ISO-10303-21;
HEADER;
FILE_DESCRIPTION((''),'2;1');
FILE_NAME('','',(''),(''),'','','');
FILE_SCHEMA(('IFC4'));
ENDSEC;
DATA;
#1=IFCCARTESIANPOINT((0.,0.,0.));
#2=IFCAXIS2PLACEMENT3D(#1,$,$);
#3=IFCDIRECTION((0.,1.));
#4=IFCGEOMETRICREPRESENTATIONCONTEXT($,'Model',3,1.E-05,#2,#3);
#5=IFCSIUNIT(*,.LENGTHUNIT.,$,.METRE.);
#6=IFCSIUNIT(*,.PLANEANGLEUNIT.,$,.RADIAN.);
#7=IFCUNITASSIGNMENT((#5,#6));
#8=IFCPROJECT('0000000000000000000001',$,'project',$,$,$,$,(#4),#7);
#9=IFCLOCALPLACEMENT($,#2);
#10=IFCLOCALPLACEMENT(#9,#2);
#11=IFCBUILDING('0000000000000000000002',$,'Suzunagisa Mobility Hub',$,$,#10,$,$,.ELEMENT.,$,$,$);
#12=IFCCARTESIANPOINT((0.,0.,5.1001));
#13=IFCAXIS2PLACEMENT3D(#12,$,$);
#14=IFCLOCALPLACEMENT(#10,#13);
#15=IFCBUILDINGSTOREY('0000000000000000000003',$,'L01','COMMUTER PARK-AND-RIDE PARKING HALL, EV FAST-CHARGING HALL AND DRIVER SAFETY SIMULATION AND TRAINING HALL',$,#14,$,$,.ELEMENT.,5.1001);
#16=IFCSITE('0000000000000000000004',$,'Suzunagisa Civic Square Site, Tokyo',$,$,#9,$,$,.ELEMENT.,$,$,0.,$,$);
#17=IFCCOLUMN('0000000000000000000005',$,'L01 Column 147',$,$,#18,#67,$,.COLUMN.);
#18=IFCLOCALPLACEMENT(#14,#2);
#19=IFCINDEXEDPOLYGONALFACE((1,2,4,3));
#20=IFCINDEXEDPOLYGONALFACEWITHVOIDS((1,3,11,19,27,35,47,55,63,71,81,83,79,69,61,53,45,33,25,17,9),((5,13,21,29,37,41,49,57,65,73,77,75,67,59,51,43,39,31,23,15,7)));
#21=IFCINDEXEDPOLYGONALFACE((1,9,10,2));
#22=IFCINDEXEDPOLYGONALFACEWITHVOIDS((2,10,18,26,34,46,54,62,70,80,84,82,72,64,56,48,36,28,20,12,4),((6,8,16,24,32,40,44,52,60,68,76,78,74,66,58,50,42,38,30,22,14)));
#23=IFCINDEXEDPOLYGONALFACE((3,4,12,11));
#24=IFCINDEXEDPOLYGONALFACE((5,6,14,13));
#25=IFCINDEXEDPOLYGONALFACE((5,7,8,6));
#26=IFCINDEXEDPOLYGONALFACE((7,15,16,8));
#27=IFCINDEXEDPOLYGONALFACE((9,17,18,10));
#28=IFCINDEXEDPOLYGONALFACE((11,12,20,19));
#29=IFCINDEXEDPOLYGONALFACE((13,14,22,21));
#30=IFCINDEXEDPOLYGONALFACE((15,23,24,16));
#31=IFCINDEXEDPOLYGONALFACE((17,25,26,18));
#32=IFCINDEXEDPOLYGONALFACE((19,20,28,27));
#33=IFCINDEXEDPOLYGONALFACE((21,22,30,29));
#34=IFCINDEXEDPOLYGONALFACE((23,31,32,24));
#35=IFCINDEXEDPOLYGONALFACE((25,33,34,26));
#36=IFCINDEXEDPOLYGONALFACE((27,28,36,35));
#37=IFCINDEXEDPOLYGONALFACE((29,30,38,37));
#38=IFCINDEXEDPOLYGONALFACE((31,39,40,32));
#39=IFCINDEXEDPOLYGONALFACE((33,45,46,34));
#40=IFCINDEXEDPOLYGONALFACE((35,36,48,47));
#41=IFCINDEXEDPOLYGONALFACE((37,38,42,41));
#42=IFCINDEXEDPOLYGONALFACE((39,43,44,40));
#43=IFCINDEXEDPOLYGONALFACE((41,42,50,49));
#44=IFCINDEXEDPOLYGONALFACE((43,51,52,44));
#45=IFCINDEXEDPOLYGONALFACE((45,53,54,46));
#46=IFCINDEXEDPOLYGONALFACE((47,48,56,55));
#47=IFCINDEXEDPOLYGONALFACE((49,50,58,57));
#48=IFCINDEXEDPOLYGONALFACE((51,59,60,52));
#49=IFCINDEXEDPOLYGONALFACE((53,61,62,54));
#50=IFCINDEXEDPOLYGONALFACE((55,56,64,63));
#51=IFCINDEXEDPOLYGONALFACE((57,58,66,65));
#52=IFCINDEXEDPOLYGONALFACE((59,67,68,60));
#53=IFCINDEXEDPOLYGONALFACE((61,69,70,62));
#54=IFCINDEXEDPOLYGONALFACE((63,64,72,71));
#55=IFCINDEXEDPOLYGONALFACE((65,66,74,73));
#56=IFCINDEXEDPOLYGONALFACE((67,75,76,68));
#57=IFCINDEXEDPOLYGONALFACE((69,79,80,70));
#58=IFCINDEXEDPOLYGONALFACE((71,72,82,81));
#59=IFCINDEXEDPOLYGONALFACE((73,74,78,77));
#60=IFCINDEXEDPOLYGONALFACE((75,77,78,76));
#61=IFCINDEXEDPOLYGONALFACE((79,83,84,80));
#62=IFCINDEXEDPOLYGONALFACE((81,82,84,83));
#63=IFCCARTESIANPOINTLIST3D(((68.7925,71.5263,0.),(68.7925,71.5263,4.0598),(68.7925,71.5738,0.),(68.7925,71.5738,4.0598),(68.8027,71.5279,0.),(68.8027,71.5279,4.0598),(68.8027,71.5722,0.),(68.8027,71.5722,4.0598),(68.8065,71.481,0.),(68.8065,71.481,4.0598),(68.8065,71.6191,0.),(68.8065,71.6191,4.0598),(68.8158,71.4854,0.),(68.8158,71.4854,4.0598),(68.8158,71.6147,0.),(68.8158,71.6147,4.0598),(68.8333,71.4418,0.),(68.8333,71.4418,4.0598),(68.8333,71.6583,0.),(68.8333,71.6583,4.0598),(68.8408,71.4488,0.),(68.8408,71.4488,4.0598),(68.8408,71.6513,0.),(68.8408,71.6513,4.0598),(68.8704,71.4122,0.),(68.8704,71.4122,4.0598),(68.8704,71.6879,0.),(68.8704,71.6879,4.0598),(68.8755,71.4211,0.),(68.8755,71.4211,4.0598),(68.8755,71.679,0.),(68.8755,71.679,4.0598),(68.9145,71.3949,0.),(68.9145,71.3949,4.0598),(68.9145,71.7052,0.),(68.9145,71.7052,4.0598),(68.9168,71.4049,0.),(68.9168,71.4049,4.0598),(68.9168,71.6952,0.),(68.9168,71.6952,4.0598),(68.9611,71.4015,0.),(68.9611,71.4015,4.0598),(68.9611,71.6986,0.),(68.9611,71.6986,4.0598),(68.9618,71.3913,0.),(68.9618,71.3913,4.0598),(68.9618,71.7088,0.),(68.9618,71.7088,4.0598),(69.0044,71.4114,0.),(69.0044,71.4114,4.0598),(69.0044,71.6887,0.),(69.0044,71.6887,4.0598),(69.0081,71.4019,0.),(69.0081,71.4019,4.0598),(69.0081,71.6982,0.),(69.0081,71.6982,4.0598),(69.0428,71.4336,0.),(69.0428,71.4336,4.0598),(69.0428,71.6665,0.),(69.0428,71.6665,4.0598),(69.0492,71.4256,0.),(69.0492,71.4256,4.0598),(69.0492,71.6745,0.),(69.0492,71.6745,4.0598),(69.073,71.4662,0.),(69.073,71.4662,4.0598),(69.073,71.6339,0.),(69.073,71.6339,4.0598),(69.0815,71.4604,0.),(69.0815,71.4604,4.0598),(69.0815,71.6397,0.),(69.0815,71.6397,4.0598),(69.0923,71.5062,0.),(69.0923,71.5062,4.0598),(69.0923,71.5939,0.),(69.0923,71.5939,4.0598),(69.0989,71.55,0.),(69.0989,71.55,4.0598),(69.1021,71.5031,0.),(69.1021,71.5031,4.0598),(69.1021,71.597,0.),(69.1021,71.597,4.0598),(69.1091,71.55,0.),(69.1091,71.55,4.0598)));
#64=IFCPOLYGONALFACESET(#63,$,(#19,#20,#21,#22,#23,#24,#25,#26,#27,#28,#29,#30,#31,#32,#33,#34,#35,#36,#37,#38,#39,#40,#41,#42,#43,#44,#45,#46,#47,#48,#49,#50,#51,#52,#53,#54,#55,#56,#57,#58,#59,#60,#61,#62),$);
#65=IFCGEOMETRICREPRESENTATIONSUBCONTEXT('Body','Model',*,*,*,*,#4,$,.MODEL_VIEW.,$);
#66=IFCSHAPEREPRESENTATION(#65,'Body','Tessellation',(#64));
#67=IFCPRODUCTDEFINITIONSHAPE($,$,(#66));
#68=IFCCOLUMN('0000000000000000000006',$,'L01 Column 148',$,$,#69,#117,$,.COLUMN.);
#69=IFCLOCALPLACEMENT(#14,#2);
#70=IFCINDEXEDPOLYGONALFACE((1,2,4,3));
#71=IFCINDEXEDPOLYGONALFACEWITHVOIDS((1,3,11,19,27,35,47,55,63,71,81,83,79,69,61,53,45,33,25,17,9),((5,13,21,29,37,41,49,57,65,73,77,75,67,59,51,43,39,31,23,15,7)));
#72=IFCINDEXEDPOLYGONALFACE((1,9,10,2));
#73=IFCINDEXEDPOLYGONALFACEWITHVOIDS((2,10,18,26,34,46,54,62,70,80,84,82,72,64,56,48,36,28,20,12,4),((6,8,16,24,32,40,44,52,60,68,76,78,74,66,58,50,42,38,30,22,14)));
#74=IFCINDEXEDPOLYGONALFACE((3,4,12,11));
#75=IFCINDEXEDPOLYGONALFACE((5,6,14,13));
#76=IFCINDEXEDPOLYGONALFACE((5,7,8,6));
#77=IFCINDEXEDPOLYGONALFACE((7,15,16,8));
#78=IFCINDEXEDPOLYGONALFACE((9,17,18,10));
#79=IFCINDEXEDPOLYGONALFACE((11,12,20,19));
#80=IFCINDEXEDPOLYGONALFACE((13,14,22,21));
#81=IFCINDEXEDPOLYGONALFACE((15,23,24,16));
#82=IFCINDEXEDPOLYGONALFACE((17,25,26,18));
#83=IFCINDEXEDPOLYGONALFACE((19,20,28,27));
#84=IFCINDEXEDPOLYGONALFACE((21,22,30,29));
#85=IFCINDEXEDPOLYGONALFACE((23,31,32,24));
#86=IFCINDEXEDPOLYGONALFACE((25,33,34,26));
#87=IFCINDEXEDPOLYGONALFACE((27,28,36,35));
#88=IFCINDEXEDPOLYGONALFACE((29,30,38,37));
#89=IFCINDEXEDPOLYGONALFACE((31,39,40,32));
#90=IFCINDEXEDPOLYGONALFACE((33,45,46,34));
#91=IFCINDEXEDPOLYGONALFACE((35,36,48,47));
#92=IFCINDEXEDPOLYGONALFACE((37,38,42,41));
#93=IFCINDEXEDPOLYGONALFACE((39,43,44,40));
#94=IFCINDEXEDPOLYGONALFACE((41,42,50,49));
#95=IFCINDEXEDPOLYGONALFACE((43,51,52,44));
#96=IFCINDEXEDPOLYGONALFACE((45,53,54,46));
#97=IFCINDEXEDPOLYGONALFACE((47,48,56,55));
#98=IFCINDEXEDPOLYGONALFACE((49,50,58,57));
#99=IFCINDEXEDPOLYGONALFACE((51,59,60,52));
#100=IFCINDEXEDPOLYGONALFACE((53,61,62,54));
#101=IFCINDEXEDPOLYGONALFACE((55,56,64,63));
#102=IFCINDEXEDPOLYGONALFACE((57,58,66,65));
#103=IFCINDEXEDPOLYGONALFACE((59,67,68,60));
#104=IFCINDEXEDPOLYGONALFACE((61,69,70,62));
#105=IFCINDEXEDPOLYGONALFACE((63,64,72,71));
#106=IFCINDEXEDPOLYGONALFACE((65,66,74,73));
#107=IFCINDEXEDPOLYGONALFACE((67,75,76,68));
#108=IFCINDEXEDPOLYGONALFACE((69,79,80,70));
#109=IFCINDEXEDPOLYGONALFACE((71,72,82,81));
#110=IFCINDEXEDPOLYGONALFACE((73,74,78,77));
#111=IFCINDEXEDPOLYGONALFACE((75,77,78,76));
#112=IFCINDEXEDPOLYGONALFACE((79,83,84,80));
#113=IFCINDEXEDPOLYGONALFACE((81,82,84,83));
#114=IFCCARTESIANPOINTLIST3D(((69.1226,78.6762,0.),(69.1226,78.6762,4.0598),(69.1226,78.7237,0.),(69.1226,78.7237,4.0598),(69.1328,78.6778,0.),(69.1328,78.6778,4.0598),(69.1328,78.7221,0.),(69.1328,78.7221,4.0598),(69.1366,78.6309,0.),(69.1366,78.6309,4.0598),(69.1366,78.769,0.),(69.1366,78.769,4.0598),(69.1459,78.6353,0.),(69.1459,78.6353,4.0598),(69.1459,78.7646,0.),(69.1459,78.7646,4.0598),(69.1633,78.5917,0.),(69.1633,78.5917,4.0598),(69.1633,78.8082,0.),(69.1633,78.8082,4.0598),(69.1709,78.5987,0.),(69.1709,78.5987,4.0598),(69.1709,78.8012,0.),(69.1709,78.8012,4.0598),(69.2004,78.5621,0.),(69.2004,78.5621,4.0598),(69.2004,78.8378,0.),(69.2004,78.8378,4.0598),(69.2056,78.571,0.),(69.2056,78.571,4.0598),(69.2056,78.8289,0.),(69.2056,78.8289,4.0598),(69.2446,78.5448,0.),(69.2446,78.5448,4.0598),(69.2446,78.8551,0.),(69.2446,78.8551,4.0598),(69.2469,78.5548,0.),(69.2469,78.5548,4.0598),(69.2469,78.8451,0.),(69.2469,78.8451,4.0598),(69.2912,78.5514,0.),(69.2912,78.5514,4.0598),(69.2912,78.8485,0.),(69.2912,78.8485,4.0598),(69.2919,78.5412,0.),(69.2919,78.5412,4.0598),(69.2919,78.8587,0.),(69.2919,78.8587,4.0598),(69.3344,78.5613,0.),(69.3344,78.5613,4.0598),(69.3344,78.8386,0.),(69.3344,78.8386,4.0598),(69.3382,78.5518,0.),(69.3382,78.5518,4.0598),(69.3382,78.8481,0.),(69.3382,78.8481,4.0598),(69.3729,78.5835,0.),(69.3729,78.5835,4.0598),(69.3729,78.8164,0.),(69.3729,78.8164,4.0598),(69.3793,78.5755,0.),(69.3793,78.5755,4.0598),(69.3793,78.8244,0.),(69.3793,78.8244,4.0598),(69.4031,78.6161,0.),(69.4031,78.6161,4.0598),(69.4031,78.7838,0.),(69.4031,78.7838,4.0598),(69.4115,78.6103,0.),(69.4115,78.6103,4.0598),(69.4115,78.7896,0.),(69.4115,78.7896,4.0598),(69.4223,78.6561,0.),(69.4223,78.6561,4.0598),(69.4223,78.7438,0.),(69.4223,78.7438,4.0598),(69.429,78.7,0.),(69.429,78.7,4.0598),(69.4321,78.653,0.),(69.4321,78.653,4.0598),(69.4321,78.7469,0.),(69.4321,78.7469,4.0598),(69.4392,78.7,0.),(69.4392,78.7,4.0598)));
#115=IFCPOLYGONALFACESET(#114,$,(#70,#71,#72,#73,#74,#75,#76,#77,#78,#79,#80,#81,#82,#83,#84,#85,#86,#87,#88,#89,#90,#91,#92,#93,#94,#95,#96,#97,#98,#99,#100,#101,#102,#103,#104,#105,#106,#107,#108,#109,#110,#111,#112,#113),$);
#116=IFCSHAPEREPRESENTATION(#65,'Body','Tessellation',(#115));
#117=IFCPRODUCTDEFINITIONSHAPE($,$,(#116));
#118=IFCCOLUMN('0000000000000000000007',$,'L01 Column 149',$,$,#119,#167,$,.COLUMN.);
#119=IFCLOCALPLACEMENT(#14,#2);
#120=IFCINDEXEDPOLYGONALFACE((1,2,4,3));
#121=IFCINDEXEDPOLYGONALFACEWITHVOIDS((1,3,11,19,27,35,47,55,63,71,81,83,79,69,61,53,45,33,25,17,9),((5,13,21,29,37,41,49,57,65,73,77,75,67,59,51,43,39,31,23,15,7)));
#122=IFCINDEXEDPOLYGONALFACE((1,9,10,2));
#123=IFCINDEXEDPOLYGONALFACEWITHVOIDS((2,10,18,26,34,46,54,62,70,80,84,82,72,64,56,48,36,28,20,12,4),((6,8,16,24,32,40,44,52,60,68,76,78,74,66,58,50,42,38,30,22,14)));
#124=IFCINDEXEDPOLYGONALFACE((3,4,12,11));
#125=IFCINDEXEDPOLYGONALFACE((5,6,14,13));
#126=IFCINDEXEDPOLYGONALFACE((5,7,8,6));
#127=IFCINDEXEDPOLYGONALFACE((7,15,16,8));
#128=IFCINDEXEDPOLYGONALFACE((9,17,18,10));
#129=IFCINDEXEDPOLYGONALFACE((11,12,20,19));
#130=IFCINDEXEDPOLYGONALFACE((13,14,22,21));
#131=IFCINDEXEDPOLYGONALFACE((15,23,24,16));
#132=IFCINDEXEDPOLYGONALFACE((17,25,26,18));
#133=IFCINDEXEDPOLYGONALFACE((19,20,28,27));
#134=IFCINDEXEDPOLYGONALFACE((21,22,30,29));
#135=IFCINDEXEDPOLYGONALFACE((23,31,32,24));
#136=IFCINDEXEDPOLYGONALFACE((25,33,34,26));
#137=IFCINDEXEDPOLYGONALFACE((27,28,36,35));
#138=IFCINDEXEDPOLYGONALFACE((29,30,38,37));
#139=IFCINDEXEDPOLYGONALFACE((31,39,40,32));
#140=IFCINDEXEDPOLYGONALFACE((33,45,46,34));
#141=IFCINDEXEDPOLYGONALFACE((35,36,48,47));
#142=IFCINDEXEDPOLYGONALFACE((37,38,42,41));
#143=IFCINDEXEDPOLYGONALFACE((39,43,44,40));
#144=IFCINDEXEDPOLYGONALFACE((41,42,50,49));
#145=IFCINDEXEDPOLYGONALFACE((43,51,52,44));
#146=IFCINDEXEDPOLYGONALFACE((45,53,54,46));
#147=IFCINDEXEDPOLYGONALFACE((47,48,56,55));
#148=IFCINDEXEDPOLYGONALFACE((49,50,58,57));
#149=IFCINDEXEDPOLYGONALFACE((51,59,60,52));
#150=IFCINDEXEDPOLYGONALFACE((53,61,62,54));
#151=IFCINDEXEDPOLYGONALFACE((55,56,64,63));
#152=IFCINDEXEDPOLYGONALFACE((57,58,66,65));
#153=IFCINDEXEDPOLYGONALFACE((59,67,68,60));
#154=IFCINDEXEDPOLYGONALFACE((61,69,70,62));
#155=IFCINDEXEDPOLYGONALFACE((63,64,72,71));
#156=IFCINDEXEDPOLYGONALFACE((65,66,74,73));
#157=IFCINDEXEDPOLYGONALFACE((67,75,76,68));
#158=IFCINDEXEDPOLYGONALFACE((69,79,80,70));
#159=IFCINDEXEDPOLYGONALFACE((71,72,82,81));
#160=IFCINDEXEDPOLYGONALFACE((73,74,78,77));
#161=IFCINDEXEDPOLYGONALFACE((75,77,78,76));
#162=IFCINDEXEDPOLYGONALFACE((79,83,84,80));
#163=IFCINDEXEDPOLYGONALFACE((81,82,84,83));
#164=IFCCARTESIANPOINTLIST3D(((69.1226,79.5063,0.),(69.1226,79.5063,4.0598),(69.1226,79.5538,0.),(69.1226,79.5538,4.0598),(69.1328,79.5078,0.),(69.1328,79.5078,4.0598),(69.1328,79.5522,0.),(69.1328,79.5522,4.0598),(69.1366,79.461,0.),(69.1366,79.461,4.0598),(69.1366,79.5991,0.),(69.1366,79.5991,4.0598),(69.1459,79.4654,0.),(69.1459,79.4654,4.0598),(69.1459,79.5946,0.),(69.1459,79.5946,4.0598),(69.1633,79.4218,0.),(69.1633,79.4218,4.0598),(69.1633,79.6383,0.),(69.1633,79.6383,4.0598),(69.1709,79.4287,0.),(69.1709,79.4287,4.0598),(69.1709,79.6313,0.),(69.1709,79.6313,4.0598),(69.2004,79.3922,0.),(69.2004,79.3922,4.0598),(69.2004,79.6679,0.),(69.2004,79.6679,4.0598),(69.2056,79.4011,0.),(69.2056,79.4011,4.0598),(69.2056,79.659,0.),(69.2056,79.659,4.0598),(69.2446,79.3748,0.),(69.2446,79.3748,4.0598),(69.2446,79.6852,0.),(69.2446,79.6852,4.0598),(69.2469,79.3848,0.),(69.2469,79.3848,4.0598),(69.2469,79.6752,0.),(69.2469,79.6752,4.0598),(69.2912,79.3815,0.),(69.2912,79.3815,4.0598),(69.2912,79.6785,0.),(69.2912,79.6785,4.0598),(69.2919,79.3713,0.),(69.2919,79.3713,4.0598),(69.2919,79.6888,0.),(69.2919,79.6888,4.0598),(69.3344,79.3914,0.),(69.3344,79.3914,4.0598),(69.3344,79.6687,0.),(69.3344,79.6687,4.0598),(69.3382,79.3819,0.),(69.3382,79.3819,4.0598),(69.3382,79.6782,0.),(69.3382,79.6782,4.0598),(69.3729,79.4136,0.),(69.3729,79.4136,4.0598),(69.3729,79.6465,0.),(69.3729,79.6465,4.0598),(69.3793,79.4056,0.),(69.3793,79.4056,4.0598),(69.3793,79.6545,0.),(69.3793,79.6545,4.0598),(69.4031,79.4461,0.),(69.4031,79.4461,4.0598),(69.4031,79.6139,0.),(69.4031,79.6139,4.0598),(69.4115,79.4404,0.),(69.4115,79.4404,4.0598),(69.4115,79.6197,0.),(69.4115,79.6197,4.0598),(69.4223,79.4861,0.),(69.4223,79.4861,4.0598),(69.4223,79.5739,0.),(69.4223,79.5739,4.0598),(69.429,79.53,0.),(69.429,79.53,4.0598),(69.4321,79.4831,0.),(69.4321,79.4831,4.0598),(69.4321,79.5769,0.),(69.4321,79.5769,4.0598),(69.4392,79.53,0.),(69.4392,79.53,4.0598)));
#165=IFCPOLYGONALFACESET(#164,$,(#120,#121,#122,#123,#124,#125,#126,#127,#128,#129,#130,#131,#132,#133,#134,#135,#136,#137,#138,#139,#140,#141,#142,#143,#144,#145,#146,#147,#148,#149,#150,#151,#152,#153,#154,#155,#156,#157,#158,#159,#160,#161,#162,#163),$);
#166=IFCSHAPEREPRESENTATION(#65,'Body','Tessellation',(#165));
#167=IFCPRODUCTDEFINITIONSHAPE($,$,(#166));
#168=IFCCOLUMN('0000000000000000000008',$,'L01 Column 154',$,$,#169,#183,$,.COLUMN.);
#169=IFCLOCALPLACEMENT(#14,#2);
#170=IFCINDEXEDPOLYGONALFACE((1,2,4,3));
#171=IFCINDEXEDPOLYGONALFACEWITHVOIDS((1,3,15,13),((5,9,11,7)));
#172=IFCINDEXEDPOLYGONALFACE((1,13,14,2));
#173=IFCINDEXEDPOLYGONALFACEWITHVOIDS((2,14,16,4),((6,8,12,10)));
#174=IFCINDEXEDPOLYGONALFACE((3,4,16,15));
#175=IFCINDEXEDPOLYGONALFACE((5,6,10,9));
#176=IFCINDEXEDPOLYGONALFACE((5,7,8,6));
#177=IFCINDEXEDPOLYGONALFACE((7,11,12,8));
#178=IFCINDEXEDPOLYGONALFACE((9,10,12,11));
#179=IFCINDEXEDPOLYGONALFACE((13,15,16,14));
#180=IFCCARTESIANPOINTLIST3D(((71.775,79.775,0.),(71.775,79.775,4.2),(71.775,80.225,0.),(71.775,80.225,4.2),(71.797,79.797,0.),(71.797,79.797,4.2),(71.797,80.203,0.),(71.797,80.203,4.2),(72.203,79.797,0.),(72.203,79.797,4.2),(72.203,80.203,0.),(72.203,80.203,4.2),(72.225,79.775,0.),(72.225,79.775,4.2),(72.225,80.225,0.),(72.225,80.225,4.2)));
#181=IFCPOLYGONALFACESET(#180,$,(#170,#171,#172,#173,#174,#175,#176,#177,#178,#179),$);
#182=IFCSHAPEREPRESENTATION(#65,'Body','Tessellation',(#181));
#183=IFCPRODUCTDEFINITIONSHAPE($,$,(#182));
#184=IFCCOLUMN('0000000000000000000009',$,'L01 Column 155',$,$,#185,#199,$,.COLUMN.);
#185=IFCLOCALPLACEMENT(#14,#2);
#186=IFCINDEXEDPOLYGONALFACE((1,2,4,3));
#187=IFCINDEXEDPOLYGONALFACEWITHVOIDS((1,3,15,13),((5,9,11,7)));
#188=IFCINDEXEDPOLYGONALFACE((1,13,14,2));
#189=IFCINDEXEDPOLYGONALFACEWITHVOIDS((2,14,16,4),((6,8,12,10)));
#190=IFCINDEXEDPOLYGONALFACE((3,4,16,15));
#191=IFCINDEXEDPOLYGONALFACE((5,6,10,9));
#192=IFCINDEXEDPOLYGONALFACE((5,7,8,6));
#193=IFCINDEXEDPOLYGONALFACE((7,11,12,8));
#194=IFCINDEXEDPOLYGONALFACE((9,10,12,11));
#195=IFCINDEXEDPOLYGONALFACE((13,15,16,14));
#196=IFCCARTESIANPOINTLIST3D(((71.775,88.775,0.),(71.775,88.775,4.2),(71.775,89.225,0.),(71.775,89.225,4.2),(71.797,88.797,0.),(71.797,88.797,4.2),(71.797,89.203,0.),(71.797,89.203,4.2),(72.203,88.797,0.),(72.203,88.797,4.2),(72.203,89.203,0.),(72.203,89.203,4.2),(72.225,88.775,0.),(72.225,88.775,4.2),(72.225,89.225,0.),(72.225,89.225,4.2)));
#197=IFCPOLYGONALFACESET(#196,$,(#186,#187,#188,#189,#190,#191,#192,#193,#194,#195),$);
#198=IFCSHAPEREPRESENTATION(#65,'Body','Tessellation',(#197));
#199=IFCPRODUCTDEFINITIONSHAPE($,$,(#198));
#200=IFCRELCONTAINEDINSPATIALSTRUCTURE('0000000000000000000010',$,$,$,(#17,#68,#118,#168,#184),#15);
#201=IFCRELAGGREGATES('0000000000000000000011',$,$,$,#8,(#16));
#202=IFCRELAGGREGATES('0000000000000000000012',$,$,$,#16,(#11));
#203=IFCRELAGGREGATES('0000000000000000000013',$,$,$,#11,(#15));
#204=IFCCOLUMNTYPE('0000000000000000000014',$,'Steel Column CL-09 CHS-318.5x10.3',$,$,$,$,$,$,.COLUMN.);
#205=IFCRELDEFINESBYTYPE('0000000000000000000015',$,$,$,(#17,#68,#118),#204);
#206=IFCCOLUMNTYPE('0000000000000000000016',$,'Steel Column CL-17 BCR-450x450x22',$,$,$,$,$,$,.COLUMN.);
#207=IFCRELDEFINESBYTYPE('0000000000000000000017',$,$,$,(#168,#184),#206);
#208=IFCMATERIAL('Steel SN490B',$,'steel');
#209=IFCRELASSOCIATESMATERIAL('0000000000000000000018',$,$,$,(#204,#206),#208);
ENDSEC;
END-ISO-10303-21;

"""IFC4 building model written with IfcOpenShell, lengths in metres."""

from ifc_helpers import new_model, si_unit, direction, frame, origin, origin_2d, place, context, subcontext, project, spatial, hollow_rectangle, hollow_circle, extrude, material, material_profile, profile_set, type_object, element, save


model = new_model("IFC4")

# Units and contexts
model_context = context("Model", 3, precision=1e-05, world=origin(), true_north=direction((0.0, 1.0)))
body_context = subcontext(model_context, "Body", "Model", "MODEL_VIEW")
ifc_project = project(units=[si_unit("LENGTHUNIT", "METRE"), si_unit("PLANEANGLEUNIT", "RADIAN")], contexts=[model_context])

# Site, building, storey
site_placement = place(None, origin())
site = spatial("IfcSite", under=ifc_project, at=site_placement, Name="Suzunagisa Civic Square Site, Tokyo", CompositionType="ELEMENT", RefElevation=0.0)
building_placement = place(site_placement, origin())
building = spatial("IfcBuilding", under=site, at=building_placement, Name="Suzunagisa Mobility Hub", CompositionType="ELEMENT")
storey_placement = place(building_placement, frame((0.0, 0.0, 5.1001)))
storey = spatial("IfcBuildingStorey", under=building, at=storey_placement, Name="L01", Description="COMMUTER PARK-AND-RIDE PARKING HALL, EV FAST-CHARGING HALL AND DRIVER SAFETY SIMULATION AND TRAINING HALL", CompositionType="ELEMENT", Elevation=5.1001)

# Columns
ifc_material_1 = material(Name="Steel SN490B", Category="steel")
ifc_material_profile_1 = material_profile(ifc_material_1, hollow_circle(Radius=0.1592, WallThickness=0.0103, at=origin_2d()), Name="CHS-318.5x10.3")
ifc_profile_set_1 = profile_set([ifc_material_profile_1], Name="Steel SN490B")
column_type_1 = type_object("IfcColumnType", Name="Steel Column CL-09 CHS-318.5x10.3", PredefinedType="COLUMN", material=ifc_profile_set_1)
for number, where, z_axis, x_axis, name in (
    (1, (68.95, 71.55, 0.0), (0.0, 0.0, 1.0), (1.0, 0.0, 0.0), "L01 Column 147"),
    (2, (69.28, 78.7, 0.0), (0.0, 0.0, 1.0), (1.0, 0.0, 0.0), "L01 Column 148"),
    (3, (69.28, 79.53, 0.0), (0.0, 0.0, 1.0), (1.0, 0.0, 0.0), "L01 Column 149"),
):
    element("IfcColumn", number, at=place(storey_placement, frame(where, z_axis=z_axis, x_axis=x_axis)), inside=storey, type_object=column_type_1, Name=name, PredefinedType="COLUMN", context=body_context, shape_type="SweptSolid", body=[
        extrude(hollow_circle(Radius=0.1592, WallThickness=0.0103, at=origin_2d()), origin(), (0.0, 0.0, 1.0), 4.0598),
    ])
ifc_material_profile_2 = material_profile(ifc_material_1, hollow_rectangle(XDim=0.45, YDim=0.45, WallThickness=0.022, at=origin_2d()), Name="BCR-450x450x22")
ifc_profile_set_2 = profile_set([ifc_material_profile_2], Name="Steel SN490B")
column_type_2 = type_object("IfcColumnType", Name="Steel Column CL-17 BCR-450x450x22", PredefinedType="COLUMN", material=ifc_profile_set_2)
for number, where, z_axis, x_axis, name in (
    (4, (72.0, 80.0, 0.0), (0.0, 0.0, 1.0), (1.0, 0.0, 0.0), "L01 Column 154"),
    (5, (72.0, 89.0, 0.0), (0.0, 0.0, 1.0), (1.0, 0.0, 0.0), "L01 Column 155"),
):
    element("IfcColumn", number, at=place(storey_placement, frame(where, z_axis=z_axis, x_axis=x_axis)), inside=storey, type_object=column_type_2, Name=name, PredefinedType="COLUMN", context=body_context, shape_type="SweptSolid", body=[
        extrude(hollow_rectangle(XDim=0.45, YDim=0.45, WallThickness=0.022, at=origin_2d()), origin(), (0.0, 0.0, 1.0), 4.2),
    ])

save(model, "model.ifc")
